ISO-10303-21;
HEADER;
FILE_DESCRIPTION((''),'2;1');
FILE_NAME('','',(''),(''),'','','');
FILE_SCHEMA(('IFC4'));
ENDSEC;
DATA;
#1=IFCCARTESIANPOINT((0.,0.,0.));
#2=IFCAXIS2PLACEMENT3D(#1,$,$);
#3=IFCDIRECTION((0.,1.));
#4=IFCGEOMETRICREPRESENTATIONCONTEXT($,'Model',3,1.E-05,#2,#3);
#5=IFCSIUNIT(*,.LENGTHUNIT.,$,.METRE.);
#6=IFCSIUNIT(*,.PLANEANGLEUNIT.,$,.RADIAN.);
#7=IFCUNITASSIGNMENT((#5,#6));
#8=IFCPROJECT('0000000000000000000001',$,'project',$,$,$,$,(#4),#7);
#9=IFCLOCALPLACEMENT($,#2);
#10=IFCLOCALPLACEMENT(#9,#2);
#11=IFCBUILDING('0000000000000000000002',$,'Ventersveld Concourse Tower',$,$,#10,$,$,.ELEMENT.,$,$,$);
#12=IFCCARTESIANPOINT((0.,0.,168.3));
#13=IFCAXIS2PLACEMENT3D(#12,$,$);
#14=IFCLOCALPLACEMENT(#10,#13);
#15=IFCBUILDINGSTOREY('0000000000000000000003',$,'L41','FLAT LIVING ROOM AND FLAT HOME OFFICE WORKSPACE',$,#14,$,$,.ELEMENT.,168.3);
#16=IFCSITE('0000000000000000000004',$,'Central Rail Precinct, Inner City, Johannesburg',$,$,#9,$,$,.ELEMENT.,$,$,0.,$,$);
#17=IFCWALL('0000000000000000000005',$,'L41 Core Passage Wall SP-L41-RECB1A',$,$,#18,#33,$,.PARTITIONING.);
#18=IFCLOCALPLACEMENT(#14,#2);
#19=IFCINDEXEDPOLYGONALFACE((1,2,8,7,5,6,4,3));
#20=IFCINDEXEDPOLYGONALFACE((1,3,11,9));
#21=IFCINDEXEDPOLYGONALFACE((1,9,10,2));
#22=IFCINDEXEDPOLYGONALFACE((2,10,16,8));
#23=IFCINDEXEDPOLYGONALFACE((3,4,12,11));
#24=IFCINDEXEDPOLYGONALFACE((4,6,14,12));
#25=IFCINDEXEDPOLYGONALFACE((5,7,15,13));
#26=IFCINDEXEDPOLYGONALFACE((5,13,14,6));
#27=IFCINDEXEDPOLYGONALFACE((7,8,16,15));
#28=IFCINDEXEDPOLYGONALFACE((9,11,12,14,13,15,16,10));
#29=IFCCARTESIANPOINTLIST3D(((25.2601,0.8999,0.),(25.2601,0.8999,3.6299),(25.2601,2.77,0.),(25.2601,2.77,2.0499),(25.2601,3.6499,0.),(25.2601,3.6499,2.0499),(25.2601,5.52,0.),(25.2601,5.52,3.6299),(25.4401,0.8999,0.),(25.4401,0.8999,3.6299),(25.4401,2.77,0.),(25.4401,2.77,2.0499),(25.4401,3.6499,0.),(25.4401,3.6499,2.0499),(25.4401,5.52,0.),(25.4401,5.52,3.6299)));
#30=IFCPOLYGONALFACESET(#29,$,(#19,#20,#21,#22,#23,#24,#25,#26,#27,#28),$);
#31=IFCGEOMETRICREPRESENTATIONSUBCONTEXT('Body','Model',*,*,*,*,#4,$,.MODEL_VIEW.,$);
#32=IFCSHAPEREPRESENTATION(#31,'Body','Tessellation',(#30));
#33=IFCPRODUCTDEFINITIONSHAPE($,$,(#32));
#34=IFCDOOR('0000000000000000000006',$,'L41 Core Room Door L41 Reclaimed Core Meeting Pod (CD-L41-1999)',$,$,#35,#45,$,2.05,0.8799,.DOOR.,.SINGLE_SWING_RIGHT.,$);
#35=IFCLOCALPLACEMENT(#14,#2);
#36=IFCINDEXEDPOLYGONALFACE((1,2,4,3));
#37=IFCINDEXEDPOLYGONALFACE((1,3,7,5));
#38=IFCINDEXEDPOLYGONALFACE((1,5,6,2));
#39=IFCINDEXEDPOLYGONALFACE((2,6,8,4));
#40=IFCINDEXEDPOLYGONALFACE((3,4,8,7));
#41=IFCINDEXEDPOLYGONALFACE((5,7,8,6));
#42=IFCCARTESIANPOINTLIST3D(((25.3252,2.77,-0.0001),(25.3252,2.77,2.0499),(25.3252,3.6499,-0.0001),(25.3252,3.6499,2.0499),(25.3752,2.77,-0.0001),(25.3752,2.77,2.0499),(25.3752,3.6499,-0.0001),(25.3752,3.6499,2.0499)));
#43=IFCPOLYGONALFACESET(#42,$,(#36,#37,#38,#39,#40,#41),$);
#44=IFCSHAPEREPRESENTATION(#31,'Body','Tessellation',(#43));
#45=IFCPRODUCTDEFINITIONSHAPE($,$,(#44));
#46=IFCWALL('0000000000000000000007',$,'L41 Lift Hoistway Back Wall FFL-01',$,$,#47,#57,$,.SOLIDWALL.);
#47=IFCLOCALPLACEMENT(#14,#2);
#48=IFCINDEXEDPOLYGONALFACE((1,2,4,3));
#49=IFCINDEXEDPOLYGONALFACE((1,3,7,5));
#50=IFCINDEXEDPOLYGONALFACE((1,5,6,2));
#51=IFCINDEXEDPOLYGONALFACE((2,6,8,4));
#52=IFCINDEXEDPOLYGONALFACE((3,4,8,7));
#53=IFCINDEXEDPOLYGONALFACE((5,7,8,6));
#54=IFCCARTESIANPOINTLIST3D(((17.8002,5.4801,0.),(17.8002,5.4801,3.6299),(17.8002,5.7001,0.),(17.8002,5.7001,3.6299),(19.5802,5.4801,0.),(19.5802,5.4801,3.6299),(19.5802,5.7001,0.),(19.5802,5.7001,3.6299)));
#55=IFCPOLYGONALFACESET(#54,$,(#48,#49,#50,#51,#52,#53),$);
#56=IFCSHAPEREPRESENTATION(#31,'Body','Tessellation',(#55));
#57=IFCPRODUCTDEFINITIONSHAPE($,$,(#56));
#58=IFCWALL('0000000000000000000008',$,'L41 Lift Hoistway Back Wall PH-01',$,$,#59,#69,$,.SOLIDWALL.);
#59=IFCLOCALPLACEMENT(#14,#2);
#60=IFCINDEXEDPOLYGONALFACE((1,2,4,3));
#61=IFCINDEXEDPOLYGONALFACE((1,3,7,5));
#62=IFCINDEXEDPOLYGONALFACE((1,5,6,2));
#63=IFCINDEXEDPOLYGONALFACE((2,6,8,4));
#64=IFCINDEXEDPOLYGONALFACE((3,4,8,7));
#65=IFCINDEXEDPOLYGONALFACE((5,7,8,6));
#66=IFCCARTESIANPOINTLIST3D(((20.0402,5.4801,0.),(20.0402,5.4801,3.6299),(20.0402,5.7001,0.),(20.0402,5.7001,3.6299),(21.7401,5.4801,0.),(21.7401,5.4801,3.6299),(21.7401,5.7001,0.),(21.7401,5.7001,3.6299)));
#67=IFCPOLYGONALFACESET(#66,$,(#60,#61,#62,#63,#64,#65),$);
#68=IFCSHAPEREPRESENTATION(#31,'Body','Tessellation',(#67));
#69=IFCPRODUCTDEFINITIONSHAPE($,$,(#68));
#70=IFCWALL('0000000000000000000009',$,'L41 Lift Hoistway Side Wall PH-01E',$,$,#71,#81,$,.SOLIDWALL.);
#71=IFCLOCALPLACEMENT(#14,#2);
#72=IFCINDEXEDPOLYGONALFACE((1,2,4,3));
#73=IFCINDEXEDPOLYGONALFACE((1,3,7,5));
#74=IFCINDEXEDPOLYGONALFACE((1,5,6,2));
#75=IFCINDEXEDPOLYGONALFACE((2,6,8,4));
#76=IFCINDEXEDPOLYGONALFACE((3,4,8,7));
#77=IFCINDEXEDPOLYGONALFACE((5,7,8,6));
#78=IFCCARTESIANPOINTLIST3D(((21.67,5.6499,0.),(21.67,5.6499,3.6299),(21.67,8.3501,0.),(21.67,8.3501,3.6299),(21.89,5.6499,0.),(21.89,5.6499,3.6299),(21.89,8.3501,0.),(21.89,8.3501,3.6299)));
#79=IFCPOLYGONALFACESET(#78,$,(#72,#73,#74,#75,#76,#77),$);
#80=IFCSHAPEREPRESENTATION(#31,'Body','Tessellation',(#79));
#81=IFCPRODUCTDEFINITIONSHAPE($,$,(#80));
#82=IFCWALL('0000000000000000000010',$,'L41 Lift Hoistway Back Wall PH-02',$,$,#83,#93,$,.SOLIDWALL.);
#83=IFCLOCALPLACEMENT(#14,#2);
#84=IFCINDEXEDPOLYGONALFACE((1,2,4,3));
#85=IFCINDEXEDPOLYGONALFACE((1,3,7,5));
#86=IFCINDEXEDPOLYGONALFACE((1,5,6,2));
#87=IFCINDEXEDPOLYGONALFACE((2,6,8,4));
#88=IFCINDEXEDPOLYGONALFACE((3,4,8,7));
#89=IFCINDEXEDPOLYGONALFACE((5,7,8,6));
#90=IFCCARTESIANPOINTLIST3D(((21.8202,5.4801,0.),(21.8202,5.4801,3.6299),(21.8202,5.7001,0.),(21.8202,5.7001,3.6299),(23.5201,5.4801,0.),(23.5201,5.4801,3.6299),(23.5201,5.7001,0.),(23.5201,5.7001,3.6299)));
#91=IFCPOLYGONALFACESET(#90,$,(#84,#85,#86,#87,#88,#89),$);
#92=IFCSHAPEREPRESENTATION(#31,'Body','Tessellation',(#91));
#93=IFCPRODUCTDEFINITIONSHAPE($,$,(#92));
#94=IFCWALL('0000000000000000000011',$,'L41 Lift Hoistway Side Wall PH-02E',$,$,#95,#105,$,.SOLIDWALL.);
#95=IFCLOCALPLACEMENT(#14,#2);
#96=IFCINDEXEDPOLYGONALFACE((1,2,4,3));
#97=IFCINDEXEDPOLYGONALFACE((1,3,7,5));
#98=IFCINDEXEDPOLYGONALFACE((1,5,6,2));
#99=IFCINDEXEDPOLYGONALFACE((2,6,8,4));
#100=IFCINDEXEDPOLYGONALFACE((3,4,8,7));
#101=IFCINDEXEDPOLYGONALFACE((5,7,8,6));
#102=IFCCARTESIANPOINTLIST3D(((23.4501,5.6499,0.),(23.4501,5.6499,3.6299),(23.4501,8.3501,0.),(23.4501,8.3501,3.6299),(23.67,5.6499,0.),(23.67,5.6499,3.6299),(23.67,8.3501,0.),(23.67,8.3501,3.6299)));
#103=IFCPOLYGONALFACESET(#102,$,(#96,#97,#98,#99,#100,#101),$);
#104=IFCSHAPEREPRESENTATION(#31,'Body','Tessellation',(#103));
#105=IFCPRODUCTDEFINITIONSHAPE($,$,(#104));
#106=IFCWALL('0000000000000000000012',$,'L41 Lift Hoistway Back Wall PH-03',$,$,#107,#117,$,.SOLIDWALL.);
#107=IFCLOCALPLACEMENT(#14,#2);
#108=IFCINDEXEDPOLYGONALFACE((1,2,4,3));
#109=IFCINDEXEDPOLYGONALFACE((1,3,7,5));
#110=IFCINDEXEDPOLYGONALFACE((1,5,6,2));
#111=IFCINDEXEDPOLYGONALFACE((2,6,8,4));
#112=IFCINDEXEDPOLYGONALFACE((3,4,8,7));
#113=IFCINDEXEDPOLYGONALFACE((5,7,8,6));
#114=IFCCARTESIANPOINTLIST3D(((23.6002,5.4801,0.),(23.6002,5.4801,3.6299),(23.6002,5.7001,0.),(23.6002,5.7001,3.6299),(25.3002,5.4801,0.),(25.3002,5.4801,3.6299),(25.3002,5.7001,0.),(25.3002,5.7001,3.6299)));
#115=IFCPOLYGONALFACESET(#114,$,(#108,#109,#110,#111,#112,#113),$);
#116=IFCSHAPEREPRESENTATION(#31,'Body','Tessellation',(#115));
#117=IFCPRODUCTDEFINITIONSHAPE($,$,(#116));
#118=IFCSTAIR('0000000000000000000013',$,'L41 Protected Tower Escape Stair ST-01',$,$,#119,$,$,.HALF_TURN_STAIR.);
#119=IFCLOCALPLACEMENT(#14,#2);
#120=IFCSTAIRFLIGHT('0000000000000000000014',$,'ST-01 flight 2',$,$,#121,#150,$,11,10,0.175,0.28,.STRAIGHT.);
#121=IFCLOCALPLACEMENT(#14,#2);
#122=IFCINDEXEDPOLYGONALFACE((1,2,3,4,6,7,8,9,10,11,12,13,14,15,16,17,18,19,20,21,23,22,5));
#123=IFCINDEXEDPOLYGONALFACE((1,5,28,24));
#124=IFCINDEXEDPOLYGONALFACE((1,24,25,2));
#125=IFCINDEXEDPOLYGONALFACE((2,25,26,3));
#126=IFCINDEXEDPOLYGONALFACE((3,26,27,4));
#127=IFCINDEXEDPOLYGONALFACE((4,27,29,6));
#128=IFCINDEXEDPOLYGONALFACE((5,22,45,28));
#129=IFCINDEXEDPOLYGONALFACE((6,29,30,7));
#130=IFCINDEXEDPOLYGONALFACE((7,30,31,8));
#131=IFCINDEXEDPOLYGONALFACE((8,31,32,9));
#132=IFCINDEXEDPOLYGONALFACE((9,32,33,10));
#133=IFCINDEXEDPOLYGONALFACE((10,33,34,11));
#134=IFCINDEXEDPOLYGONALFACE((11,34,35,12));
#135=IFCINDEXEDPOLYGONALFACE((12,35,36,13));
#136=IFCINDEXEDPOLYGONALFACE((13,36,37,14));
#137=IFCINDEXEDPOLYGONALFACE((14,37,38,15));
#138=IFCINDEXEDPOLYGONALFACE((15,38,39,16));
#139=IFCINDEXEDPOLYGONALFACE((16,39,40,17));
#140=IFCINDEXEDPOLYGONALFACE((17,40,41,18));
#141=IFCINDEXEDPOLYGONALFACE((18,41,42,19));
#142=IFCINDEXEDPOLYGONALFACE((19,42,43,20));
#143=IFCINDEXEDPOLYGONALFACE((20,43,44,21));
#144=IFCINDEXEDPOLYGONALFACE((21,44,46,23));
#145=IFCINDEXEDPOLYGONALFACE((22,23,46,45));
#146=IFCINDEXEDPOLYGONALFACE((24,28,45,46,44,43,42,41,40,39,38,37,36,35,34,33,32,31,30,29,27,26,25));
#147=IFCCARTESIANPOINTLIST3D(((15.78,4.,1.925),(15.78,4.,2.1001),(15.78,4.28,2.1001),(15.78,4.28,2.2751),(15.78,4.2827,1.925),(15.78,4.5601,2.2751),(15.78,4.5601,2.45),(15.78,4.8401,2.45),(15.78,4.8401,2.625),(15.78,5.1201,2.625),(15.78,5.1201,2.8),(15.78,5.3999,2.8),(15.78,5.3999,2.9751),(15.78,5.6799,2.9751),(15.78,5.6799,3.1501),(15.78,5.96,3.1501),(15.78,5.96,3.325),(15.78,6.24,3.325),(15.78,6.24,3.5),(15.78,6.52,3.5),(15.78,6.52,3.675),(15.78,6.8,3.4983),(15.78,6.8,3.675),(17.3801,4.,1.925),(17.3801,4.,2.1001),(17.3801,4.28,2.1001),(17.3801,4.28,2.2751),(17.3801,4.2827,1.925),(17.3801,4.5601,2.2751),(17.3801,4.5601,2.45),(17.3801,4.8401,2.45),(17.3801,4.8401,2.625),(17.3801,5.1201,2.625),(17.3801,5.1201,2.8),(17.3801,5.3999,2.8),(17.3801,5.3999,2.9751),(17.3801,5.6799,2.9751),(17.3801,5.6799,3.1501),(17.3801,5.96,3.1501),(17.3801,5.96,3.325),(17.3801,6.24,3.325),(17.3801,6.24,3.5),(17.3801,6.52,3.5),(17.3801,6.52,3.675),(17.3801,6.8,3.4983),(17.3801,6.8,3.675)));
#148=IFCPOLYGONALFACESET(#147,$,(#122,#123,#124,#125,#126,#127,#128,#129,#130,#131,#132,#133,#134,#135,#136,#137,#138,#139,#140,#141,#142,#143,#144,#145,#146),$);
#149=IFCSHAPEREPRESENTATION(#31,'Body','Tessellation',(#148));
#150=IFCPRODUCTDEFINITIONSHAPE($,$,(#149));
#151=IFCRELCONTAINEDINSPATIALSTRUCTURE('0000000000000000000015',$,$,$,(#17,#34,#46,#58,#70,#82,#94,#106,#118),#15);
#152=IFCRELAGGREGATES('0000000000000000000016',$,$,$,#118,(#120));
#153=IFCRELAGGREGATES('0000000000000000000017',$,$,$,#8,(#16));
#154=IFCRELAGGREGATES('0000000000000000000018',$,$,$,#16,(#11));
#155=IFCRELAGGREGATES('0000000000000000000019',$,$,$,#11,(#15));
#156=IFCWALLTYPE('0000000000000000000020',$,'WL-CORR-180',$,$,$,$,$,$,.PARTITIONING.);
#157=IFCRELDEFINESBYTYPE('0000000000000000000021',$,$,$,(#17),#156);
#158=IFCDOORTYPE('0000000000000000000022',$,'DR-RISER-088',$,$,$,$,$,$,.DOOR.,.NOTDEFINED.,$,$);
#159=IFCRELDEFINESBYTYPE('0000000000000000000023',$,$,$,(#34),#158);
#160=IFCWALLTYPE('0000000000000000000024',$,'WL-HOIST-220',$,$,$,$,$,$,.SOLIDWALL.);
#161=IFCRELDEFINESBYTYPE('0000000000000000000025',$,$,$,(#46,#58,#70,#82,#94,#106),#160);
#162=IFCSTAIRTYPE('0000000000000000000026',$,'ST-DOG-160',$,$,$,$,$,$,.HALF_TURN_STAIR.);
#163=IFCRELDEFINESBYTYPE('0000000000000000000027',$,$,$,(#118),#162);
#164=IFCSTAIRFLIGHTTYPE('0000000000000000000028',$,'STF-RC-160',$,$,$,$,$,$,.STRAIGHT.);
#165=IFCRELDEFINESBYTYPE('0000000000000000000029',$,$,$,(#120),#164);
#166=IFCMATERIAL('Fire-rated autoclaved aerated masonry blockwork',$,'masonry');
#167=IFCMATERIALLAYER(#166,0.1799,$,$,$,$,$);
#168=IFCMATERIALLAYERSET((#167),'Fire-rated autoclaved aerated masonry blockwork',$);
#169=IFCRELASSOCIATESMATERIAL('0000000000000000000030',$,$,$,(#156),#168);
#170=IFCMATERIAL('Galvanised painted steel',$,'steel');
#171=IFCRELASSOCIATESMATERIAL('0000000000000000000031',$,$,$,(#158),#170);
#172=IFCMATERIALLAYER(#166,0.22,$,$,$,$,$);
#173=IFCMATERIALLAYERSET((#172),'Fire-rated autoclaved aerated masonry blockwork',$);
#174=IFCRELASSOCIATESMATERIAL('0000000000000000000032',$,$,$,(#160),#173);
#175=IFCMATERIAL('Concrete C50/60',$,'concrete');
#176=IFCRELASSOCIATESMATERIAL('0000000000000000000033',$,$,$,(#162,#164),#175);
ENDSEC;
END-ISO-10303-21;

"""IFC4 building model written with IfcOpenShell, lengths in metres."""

from ifc_helpers import new_model, si_unit, direction, frame, frame_2d, origin, place, context, subcontext, project, spatial, polyline, rectangle, outline, extrude, material, layer, layer_set, type_object, element, fill, aggregate, save


model = new_model("IFC4")

# Units and contexts
model_context = context("Model", 3, precision=1e-05, world=origin(), true_north=direction((0.0, 1.0)))
body_context = subcontext(model_context, "Body", "Model", "MODEL_VIEW")
ifc_project = project(units=[si_unit("LENGTHUNIT", "METRE"), si_unit("PLANEANGLEUNIT", "RADIAN")], contexts=[model_context])

# Site, building, storey
site_placement = place(None, origin())
site = spatial("IfcSite", under=ifc_project, at=site_placement, Name="Central Rail Precinct, Inner City, Johannesburg", CompositionType="ELEMENT", RefElevation=0.0)
building_placement = place(site_placement, origin())
building = spatial("IfcBuilding", under=site, at=building_placement, Name="Ventersveld Concourse Tower", CompositionType="ELEMENT")
storey_placement = place(building_placement, frame((0.0, 0.0, 168.3)))
storey = spatial("IfcBuildingStorey", under=building, at=storey_placement, Name="L41", Description="FLAT LIVING ROOM AND FLAT HOME OFFICE WORKSPACE", CompositionType="ELEMENT", Elevation=168.3)

# Shared definitions
ifc_material_1 = material(Name="Concrete C50/60", Category="concrete")

# Wall, opening, door
ifc_material_2 = material(Name="Fire-rated autoclaved aerated masonry blockwork", Category="masonry")
ifc_layer_1 = layer(ifc_material_2, 0.1799)
ifc_layer_set_1 = layer_set([ifc_layer_1], Name="Fire-rated autoclaved aerated masonry blockwork")
wall_type_1 = type_object("IfcWallType", Name="WL-CORR-180", PredefinedType="PARTITIONING", material=ifc_layer_set_1)
wall_1_placement = place(storey_placement, frame((25.3501, 0.8999, 0.0), z_axis=(0.0, 0.0, 1.0), x_axis=(0.0, 1.0, 0.0)))
wall_1 = element("IfcWall", 1, at=wall_1_placement, inside=storey, type_object=wall_type_1, Name="L41 Core Passage Wall SP-L41-RECB1A", PredefinedType="PARTITIONING", context=body_context, shape_type="SweptSolid", body=[
    extrude(rectangle(XDim=4.6201, YDim=0.1799, at=frame_2d((2.3101, 0.0))), origin(), (0.0, 0.0, 1.0), 3.6299),
])
opening_placement = place(wall_1_placement, frame((1.8701, 0.0, 0.0)))
opening = element("IfcOpeningElement", 2, at=opening_placement, cuts=wall_1, PredefinedType="OPENING", context=body_context, shape_type="SweptSolid", body=[
    extrude(rectangle(XDim=0.8799, YDim=2.05, at=frame_2d((0.4399, 1.0249))), frame((0.0, 0.1001, 0.0), z_axis=(0.0, -1.0, 0.0), x_axis=(1.0, 0.0, 0.0)), (0.0, 0.0, 1.0), 0.2),
])
ifc_material_3 = material(Name="Galvanised painted steel", Category="steel")
door_type = type_object("IfcDoorType", Name="DR-RISER-088", OperationType="NOTDEFINED", PredefinedType="DOOR", material=ifc_material_3)
door_placement = place(opening_placement, origin())
door = element("IfcDoor", 3, at=door_placement, inside=storey, type_object=door_type, Name="L41 Core Room Door L41 Reclaimed Core Meeting Pod (CD-L41-1999)", OperationType="SINGLE_SWING_RIGHT", OverallHeight=2.05, OverallWidth=0.8799, PredefinedType="DOOR", context=body_context, shape_type="SweptSolid", body=[
    extrude(rectangle(XDim=0.8799, YDim=2.05, at=frame_2d((0.4399, 1.0249))), frame((0.0, 0.0249, 0.0), z_axis=(0.0, -1.0, 0.0), x_axis=(1.0, 0.0, 0.0)), (0.0, 0.0, 1.0), 0.05),
])
fill(opening, door)

# Walls
ifc_layer_2 = layer(ifc_material_2, 0.22)
ifc_layer_set_2 = layer_set([ifc_layer_2], Name="Fire-rated autoclaved aerated masonry blockwork")
wall_type_2 = type_object("IfcWallType", Name="WL-HOIST-220", PredefinedType="SOLIDWALL", material=ifc_layer_set_2)
wall_2_placement = place(storey_placement, frame((17.8, 5.5901, 0.0), z_axis=(0.0, 0.0, 1.0), x_axis=(1.0, 0.0, 0.0)))
element("IfcWall", 4, at=wall_2_placement, inside=storey, type_object=wall_type_2, Name="L41 Lift Hoistway Back Wall FFL-01", PredefinedType="SOLIDWALL", context=body_context, shape_type="SweptSolid", body=[
    extrude(rectangle(XDim=1.78, YDim=0.22, at=frame_2d((0.8901, 0.0))), origin(), (0.0, 0.0, 1.0), 3.6299),
])
wall_3_placement = place(storey_placement, frame((20.04, 5.5901, 0.0), z_axis=(0.0, 0.0, 1.0), x_axis=(1.0, 0.0, 0.0)))
element("IfcWall", 5, at=wall_3_placement, inside=storey, type_object=wall_type_2, Name="L41 Lift Hoistway Back Wall PH-01", PredefinedType="SOLIDWALL", context=body_context, shape_type="SweptSolid", body=[
    extrude(rectangle(XDim=1.7, YDim=0.22, at=frame_2d((0.8501, 0.0))), origin(), (0.0, 0.0, 1.0), 3.6299),
])
wall_4_placement = place(storey_placement, frame((21.78, 5.6499, 0.0), z_axis=(0.0, 0.0, 1.0), x_axis=(0.0, 1.0, 0.0)))
element("IfcWall", 6, at=wall_4_placement, inside=storey, type_object=wall_type_2, Name="L41 Lift Hoistway Side Wall PH-01E", PredefinedType="SOLIDWALL", context=body_context, shape_type="SweptSolid", body=[
    extrude(rectangle(XDim=2.7002, YDim=0.22, at=frame_2d((1.3501, 0.0))), origin(), (0.0, 0.0, 1.0), 3.6299),
])
wall_5_placement = place(storey_placement, frame((21.8201, 5.5901, 0.0), z_axis=(0.0, 0.0, 1.0), x_axis=(1.0, 0.0, 0.0)))
element("IfcWall", 7, at=wall_5_placement, inside=storey, type_object=wall_type_2, Name="L41 Lift Hoistway Back Wall PH-02", PredefinedType="SOLIDWALL", context=body_context, shape_type="SweptSolid", body=[
    extrude(rectangle(XDim=1.7, YDim=0.22, at=frame_2d((0.8501, 0.0))), origin(), (0.0, 0.0, 1.0), 3.6299),
])
wall_6_placement = place(storey_placement, frame((23.5601, 5.6499, 0.0), z_axis=(0.0, 0.0, 1.0), x_axis=(0.0, 1.0, 0.0)))
element("IfcWall", 8, at=wall_6_placement, inside=storey, type_object=wall_type_2, Name="L41 Lift Hoistway Side Wall PH-02E", PredefinedType="SOLIDWALL", context=body_context, shape_type="SweptSolid", body=[
    extrude(rectangle(XDim=2.7002, YDim=0.22, at=frame_2d((1.3501, 0.0))), origin(), (0.0, 0.0, 1.0), 3.6299),
])
wall_7_placement = place(storey_placement, frame((23.6001, 5.5901, 0.0), z_axis=(0.0, 0.0, 1.0), x_axis=(1.0, 0.0, 0.0)))
element("IfcWall", 9, at=wall_7_placement, inside=storey, type_object=wall_type_2, Name="L41 Lift Hoistway Back Wall PH-03", PredefinedType="SOLIDWALL", context=body_context, shape_type="SweptSolid", body=[
    extrude(rectangle(XDim=1.7, YDim=0.22, at=frame_2d((0.8501, 0.0))), origin(), (0.0, 0.0, 1.0), 3.6299),
])

# Stair, stair flight
stair_type = type_object("IfcStairType", Name="ST-DOG-160", PredefinedType="HALF_TURN_STAIR", material=ifc_material_1)
stair_placement = place(storey_placement, origin())
stair = element("IfcStair", 10, at=stair_placement, inside=storey, type_object=stair_type, Name="L41 Protected Tower Escape Stair ST-01", PredefinedType="HALF_TURN_STAIR")
stair_flight_type = type_object("IfcStairFlightType", Name="STF-RC-160", PredefinedType="STRAIGHT", material=ifc_material_1)
stair_flight_placement = place(storey_placement, frame((16.5801, 4.0, 1.925), z_axis=(0.0, 0.0, 1.0), x_axis=(0.0, 1.0, 0.0)))
stair_flight = element("IfcStairFlight", 11, at=stair_flight_placement, type_object=stair_flight_type, Name="ST-01 flight 2", NumberOfRisers=11, NumberOfTreads=10, PredefinedType="STRAIGHT", RiserHeight=0.175, TreadLength=0.28, context=body_context, shape_type="SweptSolid", body=[
    extrude(outline(polyline([(0.0, 0.0), (0.0, 0.175), (0.28, 0.175), (0.28, 0.3501), (0.5601, 0.3501), (0.5601, 0.5249), (0.8401, 0.5249), (0.8401, 0.7), (1.1201, 0.7), (1.1201, 0.875), (1.3999, 0.875), (1.3999, 1.05), (1.6799, 1.05), (1.6799, 1.2251), (1.96, 1.2251), (1.96, 1.3999), (2.24, 1.3999), (2.24, 1.575), (2.52, 1.575), (2.52, 1.75), (2.8, 1.75), (2.8, 1.925), (2.8, 1.5732), (0.2827, 0.0), (0.0, 0.0)])), frame((0.0, 0.8, 0.0), z_axis=(0.0, -1.0, 0.0), x_axis=(1.0, 0.0, 0.0)), (0.0, 0.0, 1.0), 1.6001),
])
aggregate(stair, [stair_flight])

save(model, "model.ifc")
